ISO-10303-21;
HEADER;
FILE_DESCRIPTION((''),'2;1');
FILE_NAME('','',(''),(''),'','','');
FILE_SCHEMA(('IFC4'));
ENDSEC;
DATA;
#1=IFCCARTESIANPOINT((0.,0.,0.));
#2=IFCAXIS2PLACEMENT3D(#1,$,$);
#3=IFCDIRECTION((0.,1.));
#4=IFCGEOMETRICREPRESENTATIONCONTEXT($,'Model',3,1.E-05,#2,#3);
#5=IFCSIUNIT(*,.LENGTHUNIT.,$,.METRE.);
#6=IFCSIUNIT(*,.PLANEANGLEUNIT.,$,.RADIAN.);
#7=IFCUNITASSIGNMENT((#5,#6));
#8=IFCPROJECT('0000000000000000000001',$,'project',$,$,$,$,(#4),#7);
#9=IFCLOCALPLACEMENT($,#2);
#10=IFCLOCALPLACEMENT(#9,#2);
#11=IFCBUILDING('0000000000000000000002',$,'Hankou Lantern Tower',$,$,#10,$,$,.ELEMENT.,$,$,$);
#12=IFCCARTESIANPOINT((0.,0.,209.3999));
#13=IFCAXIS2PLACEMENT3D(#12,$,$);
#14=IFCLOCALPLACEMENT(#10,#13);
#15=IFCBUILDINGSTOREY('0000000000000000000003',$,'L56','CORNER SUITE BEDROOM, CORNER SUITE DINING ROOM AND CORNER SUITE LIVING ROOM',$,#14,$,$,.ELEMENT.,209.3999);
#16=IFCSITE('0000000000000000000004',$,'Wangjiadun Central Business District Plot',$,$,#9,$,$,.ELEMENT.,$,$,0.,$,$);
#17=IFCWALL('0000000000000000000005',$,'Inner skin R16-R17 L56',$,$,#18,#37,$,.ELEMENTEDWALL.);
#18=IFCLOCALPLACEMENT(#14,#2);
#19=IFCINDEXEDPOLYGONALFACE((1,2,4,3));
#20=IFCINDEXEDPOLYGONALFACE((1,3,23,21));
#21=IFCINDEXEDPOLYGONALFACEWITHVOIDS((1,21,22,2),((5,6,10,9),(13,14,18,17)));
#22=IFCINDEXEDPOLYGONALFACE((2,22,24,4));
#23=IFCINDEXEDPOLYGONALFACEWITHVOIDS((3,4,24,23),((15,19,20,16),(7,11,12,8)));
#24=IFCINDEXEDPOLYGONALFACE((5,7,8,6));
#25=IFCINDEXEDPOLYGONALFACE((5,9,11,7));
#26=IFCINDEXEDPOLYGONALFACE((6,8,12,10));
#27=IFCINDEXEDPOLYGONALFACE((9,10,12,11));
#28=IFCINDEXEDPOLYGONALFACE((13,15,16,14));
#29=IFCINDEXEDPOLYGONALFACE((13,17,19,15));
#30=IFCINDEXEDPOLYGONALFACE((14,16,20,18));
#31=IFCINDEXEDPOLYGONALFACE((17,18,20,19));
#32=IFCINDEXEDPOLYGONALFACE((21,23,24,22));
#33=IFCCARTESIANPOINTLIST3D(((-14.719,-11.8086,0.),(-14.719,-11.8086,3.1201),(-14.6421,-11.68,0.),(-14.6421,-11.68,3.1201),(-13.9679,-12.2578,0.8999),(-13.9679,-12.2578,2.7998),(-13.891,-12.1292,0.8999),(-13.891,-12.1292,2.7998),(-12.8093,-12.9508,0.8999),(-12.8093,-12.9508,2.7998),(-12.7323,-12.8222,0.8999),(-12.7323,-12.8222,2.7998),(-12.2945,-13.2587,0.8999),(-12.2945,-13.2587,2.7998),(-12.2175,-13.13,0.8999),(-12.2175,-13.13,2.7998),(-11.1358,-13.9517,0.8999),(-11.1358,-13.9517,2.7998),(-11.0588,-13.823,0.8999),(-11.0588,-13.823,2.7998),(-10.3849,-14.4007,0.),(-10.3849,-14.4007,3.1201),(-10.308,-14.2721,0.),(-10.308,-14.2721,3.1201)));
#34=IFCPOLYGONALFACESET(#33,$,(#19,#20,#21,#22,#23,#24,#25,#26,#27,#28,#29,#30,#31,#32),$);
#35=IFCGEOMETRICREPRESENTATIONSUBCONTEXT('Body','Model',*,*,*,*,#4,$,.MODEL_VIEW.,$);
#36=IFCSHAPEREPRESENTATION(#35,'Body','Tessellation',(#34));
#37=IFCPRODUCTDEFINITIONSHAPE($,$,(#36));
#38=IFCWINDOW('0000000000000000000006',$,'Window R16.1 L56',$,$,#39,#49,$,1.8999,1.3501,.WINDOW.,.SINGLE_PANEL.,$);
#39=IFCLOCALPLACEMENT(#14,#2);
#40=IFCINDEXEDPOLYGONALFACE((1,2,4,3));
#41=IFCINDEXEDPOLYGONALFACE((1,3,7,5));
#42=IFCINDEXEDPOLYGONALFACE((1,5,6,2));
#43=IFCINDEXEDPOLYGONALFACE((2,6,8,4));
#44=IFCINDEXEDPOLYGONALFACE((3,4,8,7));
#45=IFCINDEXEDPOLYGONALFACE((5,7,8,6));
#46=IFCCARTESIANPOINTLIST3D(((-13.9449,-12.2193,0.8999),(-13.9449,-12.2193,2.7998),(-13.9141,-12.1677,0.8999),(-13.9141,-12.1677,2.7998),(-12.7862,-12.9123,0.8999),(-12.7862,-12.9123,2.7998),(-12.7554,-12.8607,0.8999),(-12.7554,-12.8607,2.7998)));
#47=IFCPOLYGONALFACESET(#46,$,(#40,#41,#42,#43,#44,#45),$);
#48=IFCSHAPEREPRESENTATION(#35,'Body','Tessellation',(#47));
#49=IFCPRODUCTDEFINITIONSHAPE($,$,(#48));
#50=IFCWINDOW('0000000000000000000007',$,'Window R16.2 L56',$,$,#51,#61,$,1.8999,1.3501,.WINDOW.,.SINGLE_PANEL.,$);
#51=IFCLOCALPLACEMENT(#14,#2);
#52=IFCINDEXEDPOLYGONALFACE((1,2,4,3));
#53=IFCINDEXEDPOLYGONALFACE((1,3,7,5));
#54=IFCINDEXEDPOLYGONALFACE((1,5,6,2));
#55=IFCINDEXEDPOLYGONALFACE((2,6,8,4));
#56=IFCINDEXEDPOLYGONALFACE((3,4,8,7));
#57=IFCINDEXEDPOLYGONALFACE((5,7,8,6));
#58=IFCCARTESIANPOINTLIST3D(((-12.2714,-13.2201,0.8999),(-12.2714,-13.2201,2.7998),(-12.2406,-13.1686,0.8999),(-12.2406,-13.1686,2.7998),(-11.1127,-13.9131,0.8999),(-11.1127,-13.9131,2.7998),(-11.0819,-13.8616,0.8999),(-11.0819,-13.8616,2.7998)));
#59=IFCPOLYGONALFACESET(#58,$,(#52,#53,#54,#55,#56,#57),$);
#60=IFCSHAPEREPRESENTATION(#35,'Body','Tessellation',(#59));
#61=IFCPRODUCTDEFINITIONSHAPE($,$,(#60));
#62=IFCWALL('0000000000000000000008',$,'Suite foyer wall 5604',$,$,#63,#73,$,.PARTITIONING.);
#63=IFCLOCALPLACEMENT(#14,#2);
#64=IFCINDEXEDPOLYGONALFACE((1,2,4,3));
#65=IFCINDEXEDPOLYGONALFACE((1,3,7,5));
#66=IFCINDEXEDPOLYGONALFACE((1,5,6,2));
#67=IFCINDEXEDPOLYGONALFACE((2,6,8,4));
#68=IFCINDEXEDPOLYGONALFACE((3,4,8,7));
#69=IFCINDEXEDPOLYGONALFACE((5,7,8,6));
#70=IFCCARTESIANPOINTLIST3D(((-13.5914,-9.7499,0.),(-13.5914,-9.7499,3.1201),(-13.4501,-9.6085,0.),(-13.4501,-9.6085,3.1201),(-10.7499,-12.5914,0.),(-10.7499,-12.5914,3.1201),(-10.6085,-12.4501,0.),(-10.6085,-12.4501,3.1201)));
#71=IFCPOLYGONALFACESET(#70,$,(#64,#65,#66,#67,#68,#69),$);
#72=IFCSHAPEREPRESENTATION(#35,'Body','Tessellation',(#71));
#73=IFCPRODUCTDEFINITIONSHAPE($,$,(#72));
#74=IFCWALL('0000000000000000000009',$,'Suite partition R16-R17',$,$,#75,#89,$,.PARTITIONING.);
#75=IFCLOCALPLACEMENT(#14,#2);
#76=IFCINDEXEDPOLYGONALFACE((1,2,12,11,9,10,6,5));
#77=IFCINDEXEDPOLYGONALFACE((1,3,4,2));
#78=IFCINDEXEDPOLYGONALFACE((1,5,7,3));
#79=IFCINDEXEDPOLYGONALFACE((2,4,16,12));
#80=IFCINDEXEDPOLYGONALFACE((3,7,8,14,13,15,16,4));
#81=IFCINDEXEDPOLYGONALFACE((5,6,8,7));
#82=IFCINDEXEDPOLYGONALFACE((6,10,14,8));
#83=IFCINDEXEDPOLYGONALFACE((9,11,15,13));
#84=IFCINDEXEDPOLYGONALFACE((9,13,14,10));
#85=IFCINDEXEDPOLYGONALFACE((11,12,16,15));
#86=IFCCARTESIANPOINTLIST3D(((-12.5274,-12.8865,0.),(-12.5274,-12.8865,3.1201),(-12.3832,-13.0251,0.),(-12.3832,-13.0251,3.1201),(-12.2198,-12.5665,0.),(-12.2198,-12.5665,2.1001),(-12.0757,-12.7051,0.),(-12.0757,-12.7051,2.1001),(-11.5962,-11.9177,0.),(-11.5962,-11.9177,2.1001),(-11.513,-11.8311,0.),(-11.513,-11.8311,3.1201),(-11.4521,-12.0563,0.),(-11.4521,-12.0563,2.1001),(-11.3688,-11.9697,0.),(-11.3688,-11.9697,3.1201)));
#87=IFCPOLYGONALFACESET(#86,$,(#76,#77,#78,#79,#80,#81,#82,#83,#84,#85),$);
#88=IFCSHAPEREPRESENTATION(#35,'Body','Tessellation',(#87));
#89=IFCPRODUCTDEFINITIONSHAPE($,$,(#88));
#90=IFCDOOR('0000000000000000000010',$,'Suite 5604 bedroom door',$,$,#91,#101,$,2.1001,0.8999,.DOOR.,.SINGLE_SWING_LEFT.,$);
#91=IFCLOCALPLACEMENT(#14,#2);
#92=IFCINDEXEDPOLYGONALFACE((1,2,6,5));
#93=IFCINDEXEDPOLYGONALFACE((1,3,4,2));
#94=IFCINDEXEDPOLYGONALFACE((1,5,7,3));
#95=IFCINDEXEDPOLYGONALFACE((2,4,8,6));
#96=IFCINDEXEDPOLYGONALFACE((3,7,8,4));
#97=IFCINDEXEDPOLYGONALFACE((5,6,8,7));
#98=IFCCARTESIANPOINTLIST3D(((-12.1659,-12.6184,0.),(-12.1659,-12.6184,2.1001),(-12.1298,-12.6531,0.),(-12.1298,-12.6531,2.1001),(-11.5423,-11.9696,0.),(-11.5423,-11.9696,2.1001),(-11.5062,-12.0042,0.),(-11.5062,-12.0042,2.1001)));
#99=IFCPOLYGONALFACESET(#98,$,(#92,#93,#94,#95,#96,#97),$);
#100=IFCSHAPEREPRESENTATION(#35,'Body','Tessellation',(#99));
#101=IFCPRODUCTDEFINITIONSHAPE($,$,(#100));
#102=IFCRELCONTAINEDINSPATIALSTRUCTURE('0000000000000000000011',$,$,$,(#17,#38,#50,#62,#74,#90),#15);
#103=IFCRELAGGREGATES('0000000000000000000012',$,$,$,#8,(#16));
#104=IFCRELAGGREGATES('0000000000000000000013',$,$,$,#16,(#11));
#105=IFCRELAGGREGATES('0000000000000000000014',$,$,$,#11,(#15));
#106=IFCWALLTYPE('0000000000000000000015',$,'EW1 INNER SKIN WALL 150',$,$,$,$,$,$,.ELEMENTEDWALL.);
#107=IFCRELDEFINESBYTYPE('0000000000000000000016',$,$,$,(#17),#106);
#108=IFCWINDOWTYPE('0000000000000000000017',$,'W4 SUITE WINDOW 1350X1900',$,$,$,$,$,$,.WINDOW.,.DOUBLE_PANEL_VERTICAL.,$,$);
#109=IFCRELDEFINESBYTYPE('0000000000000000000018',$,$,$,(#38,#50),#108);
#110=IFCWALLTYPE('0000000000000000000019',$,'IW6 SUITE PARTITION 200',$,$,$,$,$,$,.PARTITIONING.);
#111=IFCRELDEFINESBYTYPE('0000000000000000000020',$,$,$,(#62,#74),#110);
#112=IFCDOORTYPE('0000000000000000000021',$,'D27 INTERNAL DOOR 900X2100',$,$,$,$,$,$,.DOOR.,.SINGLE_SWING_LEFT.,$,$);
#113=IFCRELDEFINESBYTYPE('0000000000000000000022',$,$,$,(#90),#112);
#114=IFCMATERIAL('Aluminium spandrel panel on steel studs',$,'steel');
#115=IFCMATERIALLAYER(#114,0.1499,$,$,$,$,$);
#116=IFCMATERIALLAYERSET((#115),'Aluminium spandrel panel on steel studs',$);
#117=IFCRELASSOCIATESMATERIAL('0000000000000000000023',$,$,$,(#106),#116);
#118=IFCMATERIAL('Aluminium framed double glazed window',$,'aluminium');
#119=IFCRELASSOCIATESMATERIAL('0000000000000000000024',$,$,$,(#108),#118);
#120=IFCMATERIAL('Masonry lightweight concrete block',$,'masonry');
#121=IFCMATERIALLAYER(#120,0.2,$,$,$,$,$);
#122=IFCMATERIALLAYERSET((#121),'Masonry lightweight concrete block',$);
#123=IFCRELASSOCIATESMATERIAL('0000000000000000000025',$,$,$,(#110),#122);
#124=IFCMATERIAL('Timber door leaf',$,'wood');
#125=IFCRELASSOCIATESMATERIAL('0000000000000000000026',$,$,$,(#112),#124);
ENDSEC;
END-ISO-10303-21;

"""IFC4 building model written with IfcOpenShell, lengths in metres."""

from ifc_helpers import new_model, si_unit, direction, frame, frame_2d, origin, place, context, subcontext, project, spatial, rectangle, extrude, material, layer, layer_set, type_object, element, fill, save


model = new_model("IFC4")

# Units and contexts
model_context = context("Model", 3, precision=1e-05, world=origin(), true_north=direction((0.0, 1.0)))
body_context = subcontext(model_context, "Body", "Model", "MODEL_VIEW")
ifc_project = project(units=[si_unit("LENGTHUNIT", "METRE"), si_unit("PLANEANGLEUNIT", "RADIAN")], contexts=[model_context])

# Site, building, storey
site_placement = place(None, origin())
site = spatial("IfcSite", under=ifc_project, at=site_placement, Name="Wangjiadun Central Business District Plot", CompositionType="ELEMENT", RefElevation=0.0)
building_placement = place(site_placement, origin())
building = spatial("IfcBuilding", under=site, at=building_placement, Name="Hankou Lantern Tower", CompositionType="ELEMENT")
storey_placement = place(building_placement, frame((0.0, 0.0, 209.3999)))
storey = spatial("IfcBuildingStorey", under=building, at=storey_placement, Name="L56", Description="CORNER SUITE BEDROOM, CORNER SUITE DINING ROOM AND CORNER SUITE LIVING ROOM", CompositionType="ELEMENT", Elevation=209.3999)

# Wall, openings, windows
ifc_material_1 = material(Name="Aluminium spandrel panel on steel studs", Category="steel")
ifc_layer_1 = layer(ifc_material_1, 0.1499)
ifc_layer_set_1 = layer_set([ifc_layer_1], Name="Aluminium spandrel panel on steel studs")
wall_type_1 = type_object("IfcWallType", Name="EW1 INNER SKIN WALL 150", PredefinedType="ELEMENTEDWALL", material=ifc_layer_set_1)
ifc_material_2 = material(Name="Aluminium framed double glazed window", Category="aluminium")
window_type = type_object("IfcWindowType", Name="W4 SUITE WINDOW 1350X1900", PartitioningType="DOUBLE_PANEL_VERTICAL", PredefinedType="WINDOW", material=ifc_material_2)
wall_1_placement = place(storey_placement, frame((-14.6804, -11.7444, 0.0), z_axis=(0.0, 0.0, 1.0), x_axis=(0.858222, -0.51328, 0.0)))
wall_1 = element("IfcWall", 1, at=wall_1_placement, inside=storey, type_object=wall_type_1, Name="Inner skin R16-R17 L56", PredefinedType="ELEMENTEDWALL", context=body_context, shape_type="SweptSolid", body=[
    extrude(rectangle(XDim=5.05, YDim=0.1499, at=frame_2d((2.5249, 0.0))), origin(), (0.0, 0.0, 1.0), 3.1201),
])
opening_1_placement = place(wall_1_placement, frame((0.875, 0.0, 0.8999)))
opening_1 = element("IfcOpeningElement", 2, at=opening_1_placement, cuts=wall_1, PredefinedType="OPENING", context=body_context, shape_type="SweptSolid", body=[
    extrude(rectangle(XDim=1.3501, YDim=1.8999, at=frame_2d((0.675, 0.95))), frame((0.0, 0.085, 0.0), z_axis=(0.0, -1.0, 0.0), x_axis=(1.0, 0.0, 0.0)), (0.0, 0.0, 1.0), 0.1699),
])
opening_2_placement = place(wall_1_placement, frame((2.825, 0.0, 0.8999)))
opening_2 = element("IfcOpeningElement", 3, at=opening_2_placement, cuts=wall_1, PredefinedType="OPENING", context=body_context, shape_type="SweptSolid", body=[
    extrude(rectangle(XDim=1.3501, YDim=1.8999, at=frame_2d((0.675, 0.95))), frame((0.0, 0.085, 0.0), z_axis=(0.0, -1.0, 0.0), x_axis=(1.0, 0.0, 0.0)), (0.0, 0.0, 1.0), 0.1699),
])
window_1_placement = place(opening_1_placement, origin())
window_1 = element("IfcWindow", 4, at=window_1_placement, inside=storey, type_object=window_type, Name="Window R16.1 L56", OverallHeight=1.8999, OverallWidth=1.3501, PartitioningType="SINGLE_PANEL", PredefinedType="WINDOW", context=body_context, shape_type="SweptSolid", body=[
    extrude(rectangle(XDim=1.3501, YDim=1.8999, at=frame_2d((0.675, 0.95))), frame((0.0, 0.03, 0.0), z_axis=(0.0, -1.0, 0.0), x_axis=(1.0, 0.0, 0.0)), (0.0, 0.0, 1.0), 0.0601),
])
fill(opening_1, window_1)
window_2_placement = place(opening_2_placement, origin())
window_2 = element("IfcWindow", 5, at=window_2_placement, inside=storey, type_object=window_type, Name="Window R16.2 L56", OverallHeight=1.8999, OverallWidth=1.3501, PartitioningType="SINGLE_PANEL", PredefinedType="WINDOW", context=body_context, shape_type="SweptSolid", body=[
    extrude(rectangle(XDim=1.3501, YDim=1.8999, at=frame_2d((0.675, 0.95))), frame((0.0, 0.03, 0.0), z_axis=(0.0, -1.0, 0.0), x_axis=(1.0, 0.0, 0.0)), (0.0, 0.0, 1.0), 0.0601),
])
fill(opening_2, window_2)

# Wall
ifc_material_3 = material(Name="Masonry lightweight concrete block", Category="masonry")
ifc_layer_2 = layer(ifc_material_3, 0.2)
ifc_layer_set_2 = layer_set([ifc_layer_2], Name="Masonry lightweight concrete block")
wall_type_2 = type_object("IfcWallType", Name="IW6 SUITE PARTITION 200", PredefinedType="PARTITIONING", material=ifc_layer_set_2)
wall_2_placement = place(storey_placement, frame((-13.5208, -9.6792, 0.0), z_axis=(0.0, 0.0, 1.0), x_axis=(0.707107, -0.707107, 0.0)))
element("IfcWall", 6, at=wall_2_placement, inside=storey, type_object=wall_type_2, Name="Suite foyer wall 5604", PredefinedType="PARTITIONING", context=body_context, shape_type="SweptSolid", body=[
    extrude(rectangle(XDim=4.0186, YDim=0.2, at=frame_2d((2.0093, 0.0))), origin(), (0.0, 0.0, 1.0), 3.1201),
])

# Wall, opening, door
wall_3_placement = place(storey_placement, frame((-11.4409, -11.9004, 0.0), z_axis=(0.0, 0.0, 1.0), x_axis=(-0.692959, -0.720977, 0.0)))
wall_3 = element("IfcWall", 7, at=wall_3_placement, inside=storey, type_object=wall_type_2, Name="Suite partition R16-R17", PredefinedType="PARTITIONING", context=body_context, shape_type="SweptSolid", body=[
    extrude(rectangle(XDim=1.4639, YDim=0.2, at=frame_2d((0.7319, 0.0))), origin(), (0.0, 0.0, 1.0), 3.1201),
])
opening_3_placement = place(wall_3_placement, frame((0.1201, 0.0, 0.0)))
opening_3 = element("IfcOpeningElement", 8, at=opening_3_placement, cuts=wall_3, PredefinedType="OPENING", context=body_context, shape_type="SweptSolid", body=[
    extrude(rectangle(XDim=0.8999, YDim=2.1001, at=frame_2d((0.45, 1.05))), frame((0.0, 0.1099, 0.0), z_axis=(0.0, -1.0, 0.0), x_axis=(1.0, 0.0, 0.0)), (0.0, 0.0, 1.0), 0.22),
])
ifc_material_4 = material(Name="Timber door leaf", Category="wood")
door_type = type_object("IfcDoorType", Name="D27 INTERNAL DOOR 900X2100", OperationType="SINGLE_SWING_LEFT", PredefinedType="DOOR", material=ifc_material_4)
door_placement = place(opening_3_placement, origin())
door = element("IfcDoor", 9, at=door_placement, inside=storey, type_object=door_type, Name="Suite 5604 bedroom door", OperationType="SINGLE_SWING_LEFT", OverallHeight=2.1001, OverallWidth=0.8999, PredefinedType="DOOR", context=body_context, shape_type="SweptSolid", body=[
    extrude(rectangle(XDim=0.8999, YDim=2.1001, at=frame_2d((0.45, 1.05))), frame((0.0, 0.0249, 0.0), z_axis=(0.0, -1.0, 0.0), x_axis=(1.0, 0.0, 0.0)), (0.0, 0.0, 1.0), 0.05),
])
fill(opening_3, door)

save(model, "model.ifc")
